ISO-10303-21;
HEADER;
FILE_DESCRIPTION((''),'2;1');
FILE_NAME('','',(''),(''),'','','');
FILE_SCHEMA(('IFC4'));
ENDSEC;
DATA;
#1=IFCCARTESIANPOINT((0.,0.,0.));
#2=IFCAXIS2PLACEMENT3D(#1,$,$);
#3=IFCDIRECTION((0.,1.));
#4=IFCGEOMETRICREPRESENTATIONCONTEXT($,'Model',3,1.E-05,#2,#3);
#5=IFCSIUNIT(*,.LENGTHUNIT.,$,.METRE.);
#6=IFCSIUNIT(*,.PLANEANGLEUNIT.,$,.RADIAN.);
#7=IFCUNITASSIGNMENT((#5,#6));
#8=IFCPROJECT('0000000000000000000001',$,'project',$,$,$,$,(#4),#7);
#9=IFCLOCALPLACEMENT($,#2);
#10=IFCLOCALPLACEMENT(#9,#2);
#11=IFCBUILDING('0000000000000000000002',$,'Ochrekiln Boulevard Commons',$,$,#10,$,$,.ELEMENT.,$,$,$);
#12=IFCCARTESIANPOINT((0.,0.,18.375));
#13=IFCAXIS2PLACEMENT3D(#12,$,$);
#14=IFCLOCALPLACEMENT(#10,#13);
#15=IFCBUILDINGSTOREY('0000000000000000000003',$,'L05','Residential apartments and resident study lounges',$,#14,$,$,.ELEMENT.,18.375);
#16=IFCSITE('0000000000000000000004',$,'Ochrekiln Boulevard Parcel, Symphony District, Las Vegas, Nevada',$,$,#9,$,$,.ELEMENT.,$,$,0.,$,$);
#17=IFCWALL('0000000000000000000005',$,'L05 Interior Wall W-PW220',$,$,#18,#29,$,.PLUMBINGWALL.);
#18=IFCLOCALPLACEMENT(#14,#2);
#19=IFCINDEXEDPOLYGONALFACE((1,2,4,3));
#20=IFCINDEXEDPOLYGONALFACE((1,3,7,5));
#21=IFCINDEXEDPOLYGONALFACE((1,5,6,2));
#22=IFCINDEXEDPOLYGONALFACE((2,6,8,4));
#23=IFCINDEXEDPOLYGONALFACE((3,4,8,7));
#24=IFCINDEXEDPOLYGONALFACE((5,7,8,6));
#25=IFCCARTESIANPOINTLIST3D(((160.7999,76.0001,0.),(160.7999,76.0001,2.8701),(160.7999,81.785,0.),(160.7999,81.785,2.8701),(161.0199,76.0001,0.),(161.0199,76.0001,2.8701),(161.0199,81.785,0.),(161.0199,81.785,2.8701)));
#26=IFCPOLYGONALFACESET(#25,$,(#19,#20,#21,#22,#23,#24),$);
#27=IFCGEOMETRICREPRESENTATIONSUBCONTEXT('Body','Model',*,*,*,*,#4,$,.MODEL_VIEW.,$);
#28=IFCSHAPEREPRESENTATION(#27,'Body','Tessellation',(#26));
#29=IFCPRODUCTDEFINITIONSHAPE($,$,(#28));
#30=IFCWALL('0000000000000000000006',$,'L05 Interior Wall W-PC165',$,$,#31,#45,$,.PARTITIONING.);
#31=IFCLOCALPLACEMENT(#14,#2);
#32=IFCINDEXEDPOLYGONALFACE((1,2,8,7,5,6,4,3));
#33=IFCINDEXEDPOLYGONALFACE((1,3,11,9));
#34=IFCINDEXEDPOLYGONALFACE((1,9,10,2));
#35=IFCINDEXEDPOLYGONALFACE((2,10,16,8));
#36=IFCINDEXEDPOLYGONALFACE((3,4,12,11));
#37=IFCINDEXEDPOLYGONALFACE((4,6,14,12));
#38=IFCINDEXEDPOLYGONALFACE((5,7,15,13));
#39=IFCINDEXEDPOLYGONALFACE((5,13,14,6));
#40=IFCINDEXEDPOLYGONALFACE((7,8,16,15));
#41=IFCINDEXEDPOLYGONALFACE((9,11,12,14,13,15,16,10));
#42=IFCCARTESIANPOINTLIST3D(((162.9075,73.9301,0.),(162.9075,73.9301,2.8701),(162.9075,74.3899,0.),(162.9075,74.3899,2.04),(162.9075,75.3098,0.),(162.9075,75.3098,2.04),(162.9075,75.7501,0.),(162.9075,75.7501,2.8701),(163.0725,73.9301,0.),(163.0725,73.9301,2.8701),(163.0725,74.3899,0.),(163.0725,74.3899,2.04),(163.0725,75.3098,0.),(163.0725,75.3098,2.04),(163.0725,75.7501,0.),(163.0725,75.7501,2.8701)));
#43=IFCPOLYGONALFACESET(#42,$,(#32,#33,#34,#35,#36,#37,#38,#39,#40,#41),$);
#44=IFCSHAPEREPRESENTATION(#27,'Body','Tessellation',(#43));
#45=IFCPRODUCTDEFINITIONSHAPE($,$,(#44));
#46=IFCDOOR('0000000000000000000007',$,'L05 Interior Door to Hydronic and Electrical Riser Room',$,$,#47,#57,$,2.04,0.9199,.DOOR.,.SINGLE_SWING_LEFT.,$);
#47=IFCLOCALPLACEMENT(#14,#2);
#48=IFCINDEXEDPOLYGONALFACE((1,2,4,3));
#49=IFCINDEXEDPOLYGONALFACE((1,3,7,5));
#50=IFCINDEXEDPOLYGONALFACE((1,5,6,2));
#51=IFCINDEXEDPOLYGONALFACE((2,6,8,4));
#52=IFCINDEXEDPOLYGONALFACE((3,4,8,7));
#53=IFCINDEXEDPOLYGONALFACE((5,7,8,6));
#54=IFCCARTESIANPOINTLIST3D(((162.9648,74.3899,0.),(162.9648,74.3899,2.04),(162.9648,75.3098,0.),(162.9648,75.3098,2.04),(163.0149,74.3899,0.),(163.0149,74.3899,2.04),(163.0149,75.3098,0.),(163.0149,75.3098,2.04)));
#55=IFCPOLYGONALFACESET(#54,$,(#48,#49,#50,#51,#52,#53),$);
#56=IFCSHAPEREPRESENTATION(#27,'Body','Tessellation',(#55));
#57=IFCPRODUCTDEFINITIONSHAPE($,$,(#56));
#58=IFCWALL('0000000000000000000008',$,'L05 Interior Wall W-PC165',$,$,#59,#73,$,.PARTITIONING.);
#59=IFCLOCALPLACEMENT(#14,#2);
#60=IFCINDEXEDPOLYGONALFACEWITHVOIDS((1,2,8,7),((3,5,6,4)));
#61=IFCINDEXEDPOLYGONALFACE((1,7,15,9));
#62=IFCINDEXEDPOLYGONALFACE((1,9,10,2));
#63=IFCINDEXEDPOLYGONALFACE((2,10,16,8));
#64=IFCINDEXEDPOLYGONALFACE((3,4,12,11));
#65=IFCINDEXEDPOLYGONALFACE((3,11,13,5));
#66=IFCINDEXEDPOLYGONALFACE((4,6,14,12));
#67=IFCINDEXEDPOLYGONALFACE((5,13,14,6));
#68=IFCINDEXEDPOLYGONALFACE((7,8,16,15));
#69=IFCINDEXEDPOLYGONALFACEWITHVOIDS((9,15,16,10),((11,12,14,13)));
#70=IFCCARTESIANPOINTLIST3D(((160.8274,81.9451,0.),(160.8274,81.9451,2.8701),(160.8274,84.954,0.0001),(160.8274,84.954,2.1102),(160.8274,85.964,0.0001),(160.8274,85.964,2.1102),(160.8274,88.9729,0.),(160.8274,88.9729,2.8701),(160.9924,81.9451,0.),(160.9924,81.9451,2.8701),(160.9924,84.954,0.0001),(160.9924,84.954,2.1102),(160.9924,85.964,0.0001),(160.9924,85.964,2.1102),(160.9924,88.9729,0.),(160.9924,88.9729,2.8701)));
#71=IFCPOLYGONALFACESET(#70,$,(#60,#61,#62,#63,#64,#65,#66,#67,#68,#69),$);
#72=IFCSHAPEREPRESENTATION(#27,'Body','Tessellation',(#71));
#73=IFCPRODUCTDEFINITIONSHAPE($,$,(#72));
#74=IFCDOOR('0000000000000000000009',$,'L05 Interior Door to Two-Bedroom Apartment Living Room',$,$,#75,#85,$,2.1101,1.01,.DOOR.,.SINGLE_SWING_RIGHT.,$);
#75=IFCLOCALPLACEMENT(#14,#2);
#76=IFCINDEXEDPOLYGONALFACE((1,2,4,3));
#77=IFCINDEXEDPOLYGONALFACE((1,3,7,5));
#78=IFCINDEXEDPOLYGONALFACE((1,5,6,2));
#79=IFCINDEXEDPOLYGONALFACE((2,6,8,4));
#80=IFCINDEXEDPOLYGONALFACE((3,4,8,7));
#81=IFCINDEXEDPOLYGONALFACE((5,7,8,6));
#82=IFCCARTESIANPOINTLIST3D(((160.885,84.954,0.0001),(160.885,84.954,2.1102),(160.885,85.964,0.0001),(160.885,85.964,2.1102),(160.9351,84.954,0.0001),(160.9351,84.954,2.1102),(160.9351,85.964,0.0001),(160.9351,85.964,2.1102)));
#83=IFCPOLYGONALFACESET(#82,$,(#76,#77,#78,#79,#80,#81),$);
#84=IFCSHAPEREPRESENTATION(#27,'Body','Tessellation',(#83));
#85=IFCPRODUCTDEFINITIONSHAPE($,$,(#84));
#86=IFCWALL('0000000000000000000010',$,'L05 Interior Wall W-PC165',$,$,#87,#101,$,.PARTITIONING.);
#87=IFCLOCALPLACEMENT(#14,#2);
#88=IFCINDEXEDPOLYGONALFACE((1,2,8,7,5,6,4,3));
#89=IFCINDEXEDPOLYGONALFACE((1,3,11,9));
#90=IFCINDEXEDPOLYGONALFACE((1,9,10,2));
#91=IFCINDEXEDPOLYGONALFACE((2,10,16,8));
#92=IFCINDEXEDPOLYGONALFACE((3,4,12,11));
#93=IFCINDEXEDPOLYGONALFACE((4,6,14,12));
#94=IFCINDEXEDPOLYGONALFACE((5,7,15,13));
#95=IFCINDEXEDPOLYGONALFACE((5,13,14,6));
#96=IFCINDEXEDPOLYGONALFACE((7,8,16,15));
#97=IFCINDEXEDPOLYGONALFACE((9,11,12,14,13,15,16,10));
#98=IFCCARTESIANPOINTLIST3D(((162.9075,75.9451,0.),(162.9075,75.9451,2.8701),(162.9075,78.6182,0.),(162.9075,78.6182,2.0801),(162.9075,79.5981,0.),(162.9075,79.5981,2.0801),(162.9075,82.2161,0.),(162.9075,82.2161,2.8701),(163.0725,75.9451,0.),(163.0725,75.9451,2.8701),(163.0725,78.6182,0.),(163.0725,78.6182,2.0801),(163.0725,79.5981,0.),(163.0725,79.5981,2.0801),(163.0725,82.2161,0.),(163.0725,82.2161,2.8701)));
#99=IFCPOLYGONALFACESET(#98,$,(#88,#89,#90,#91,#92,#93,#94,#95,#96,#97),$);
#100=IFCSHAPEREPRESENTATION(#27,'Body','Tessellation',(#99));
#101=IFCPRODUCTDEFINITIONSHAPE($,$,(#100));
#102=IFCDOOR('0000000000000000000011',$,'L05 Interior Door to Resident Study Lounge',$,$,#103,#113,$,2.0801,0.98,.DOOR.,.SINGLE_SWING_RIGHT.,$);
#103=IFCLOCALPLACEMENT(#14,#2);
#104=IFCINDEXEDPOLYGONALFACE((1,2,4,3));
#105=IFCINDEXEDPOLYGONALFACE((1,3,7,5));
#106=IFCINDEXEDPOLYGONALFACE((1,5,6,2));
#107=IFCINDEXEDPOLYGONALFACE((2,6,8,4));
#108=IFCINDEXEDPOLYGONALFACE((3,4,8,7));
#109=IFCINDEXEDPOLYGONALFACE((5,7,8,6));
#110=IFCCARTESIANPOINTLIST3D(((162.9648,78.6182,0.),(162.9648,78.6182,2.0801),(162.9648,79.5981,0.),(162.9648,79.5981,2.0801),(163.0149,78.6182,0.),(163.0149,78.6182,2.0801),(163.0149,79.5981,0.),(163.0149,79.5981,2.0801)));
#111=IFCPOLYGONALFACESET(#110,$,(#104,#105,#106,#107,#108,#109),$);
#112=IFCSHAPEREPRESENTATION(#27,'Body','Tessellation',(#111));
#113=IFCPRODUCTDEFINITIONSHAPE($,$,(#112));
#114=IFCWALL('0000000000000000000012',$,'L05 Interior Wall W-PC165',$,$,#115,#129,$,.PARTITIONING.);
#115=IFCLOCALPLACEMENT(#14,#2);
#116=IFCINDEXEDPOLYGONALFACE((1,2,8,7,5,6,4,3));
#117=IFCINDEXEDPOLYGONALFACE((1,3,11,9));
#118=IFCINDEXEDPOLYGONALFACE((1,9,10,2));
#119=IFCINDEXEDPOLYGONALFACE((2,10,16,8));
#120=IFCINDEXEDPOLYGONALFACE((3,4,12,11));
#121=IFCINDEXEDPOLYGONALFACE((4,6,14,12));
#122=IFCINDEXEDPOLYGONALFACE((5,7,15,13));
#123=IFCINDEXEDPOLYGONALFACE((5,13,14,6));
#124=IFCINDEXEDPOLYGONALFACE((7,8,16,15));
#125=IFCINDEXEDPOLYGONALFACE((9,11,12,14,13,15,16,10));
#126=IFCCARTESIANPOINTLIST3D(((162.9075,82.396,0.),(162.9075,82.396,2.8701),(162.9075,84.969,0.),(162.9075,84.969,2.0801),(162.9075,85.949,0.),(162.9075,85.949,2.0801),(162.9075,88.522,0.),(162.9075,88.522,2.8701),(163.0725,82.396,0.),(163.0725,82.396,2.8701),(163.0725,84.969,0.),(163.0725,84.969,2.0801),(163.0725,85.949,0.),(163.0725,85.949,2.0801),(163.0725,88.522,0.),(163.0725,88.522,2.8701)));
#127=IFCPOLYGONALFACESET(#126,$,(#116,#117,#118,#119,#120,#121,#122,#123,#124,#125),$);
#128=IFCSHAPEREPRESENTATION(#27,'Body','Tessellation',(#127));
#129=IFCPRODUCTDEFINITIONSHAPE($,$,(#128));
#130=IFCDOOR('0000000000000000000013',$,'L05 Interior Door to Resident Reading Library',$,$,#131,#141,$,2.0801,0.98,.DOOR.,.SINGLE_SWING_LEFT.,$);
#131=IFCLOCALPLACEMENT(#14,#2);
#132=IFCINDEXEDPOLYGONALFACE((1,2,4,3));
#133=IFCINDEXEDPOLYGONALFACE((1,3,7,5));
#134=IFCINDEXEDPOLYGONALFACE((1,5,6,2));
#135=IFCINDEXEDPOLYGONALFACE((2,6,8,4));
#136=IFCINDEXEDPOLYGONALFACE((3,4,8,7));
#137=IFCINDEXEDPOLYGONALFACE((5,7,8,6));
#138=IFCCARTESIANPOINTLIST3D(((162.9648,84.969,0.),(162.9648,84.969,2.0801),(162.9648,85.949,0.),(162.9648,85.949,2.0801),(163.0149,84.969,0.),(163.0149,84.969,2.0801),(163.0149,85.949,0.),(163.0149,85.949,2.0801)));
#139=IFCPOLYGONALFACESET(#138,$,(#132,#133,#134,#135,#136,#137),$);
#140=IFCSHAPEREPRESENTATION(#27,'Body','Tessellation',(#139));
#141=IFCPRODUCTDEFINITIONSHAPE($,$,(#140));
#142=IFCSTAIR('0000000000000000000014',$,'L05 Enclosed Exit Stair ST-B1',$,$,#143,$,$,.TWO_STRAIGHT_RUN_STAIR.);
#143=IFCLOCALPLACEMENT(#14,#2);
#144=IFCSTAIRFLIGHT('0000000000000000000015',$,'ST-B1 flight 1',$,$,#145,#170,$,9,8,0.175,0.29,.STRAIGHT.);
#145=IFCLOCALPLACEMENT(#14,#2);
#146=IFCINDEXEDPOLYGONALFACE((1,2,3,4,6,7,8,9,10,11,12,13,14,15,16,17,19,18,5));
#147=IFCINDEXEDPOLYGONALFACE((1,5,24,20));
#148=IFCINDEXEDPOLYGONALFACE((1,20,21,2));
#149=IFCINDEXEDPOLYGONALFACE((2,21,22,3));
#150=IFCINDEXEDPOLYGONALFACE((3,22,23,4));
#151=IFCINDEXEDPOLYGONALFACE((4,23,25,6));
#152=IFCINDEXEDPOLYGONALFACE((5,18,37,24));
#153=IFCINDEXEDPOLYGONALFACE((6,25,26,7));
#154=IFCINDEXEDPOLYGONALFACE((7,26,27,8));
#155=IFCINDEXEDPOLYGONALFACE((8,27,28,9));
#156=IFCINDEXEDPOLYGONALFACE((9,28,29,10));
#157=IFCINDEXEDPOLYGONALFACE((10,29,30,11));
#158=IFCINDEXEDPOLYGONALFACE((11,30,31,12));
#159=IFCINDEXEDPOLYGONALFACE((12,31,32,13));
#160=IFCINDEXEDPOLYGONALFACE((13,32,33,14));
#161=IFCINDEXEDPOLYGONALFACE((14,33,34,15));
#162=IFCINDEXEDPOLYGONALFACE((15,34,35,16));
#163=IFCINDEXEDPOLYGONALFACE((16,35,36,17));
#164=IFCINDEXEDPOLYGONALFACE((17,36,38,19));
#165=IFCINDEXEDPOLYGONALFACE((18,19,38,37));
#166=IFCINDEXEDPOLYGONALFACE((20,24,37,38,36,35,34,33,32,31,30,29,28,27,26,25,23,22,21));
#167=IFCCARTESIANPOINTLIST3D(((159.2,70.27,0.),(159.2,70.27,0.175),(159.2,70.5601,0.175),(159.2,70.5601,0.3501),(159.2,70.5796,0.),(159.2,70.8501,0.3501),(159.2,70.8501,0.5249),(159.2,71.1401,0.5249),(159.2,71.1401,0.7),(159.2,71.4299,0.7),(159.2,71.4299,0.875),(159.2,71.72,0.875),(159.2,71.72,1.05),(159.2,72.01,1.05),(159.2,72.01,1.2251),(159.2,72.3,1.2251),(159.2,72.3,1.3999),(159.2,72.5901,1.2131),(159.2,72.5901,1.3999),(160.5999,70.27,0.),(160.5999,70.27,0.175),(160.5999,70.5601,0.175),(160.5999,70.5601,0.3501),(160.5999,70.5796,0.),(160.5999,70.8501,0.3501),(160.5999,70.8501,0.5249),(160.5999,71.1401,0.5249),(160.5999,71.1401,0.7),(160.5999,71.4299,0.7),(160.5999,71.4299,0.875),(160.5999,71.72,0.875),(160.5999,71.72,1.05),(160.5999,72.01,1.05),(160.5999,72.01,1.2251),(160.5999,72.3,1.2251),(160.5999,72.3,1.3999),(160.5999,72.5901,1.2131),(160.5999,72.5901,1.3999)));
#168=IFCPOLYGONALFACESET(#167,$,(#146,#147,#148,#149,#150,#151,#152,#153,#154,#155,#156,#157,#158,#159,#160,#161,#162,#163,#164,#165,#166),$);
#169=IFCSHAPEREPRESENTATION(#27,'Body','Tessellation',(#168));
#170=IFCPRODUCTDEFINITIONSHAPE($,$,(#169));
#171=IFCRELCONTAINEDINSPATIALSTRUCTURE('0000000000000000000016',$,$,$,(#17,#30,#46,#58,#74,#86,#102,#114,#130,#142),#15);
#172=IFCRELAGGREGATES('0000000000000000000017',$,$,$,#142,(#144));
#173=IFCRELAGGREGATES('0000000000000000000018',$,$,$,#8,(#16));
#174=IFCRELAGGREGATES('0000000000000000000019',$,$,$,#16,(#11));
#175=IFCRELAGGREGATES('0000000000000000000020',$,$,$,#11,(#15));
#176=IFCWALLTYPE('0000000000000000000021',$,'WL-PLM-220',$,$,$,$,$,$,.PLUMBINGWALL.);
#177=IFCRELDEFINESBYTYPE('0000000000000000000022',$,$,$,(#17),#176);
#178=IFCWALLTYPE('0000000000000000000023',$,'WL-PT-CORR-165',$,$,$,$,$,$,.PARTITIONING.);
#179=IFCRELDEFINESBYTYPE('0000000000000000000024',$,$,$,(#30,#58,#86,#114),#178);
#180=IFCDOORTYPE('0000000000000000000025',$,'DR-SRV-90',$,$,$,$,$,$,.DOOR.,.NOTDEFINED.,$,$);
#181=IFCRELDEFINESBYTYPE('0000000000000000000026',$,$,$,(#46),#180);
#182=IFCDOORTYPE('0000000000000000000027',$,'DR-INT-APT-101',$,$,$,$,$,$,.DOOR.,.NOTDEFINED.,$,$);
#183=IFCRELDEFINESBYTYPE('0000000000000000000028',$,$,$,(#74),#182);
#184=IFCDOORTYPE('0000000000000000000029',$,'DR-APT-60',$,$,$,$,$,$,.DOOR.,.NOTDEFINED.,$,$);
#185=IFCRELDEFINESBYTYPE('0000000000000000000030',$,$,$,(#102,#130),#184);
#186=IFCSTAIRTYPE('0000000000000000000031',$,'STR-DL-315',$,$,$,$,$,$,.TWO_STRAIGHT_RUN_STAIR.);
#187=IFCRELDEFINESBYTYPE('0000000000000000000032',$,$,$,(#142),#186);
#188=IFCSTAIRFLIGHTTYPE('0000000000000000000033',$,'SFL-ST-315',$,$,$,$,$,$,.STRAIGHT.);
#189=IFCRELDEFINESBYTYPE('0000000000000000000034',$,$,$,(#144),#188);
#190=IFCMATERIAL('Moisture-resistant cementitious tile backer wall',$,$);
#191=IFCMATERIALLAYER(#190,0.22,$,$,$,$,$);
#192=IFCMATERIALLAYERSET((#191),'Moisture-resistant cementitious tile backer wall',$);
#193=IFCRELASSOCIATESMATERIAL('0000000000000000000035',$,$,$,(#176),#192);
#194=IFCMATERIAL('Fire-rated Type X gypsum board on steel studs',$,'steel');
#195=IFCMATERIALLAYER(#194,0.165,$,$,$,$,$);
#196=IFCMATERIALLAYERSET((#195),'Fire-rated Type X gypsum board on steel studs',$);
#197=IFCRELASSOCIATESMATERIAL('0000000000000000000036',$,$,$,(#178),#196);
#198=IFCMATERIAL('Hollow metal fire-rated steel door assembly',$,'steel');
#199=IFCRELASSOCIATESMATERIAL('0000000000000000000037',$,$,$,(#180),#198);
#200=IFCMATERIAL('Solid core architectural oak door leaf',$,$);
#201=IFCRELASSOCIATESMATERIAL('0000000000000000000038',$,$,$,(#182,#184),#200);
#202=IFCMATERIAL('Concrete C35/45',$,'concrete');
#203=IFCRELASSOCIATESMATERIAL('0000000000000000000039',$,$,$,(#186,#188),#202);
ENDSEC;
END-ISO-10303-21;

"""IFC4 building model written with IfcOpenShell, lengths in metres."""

from ifc_helpers import new_model, si_unit, direction, frame, frame_2d, origin, place, context, subcontext, project, spatial, polyline, rectangle, outline, extrude, material, layer, layer_set, type_object, element, fill, aggregate, save


model = new_model("IFC4")

# Units and contexts
model_context = context("Model", 3, precision=1e-05, world=origin(), true_north=direction((0.0, 1.0)))
body_context = subcontext(model_context, "Body", "Model", "MODEL_VIEW")
ifc_project = project(units=[si_unit("LENGTHUNIT", "METRE"), si_unit("PLANEANGLEUNIT", "RADIAN")], contexts=[model_context])

# Site, building, storey
site_placement = place(None, origin())
site = spatial("IfcSite", under=ifc_project, at=site_placement, Name="Ochrekiln Boulevard Parcel, Symphony District, Las Vegas, Nevada", CompositionType="ELEMENT", RefElevation=0.0)
building_placement = place(site_placement, origin())
building = spatial("IfcBuilding", under=site, at=building_placement, Name="Ochrekiln Boulevard Commons", CompositionType="ELEMENT")
storey_placement = place(building_placement, frame((0.0, 0.0, 18.375)))
storey = spatial("IfcBuildingStorey", under=building, at=storey_placement, Name="L05", Description="Residential apartments and resident study lounges", CompositionType="ELEMENT", Elevation=18.375)

# Wall
ifc_material_1 = material(Name="Moisture-resistant cementitious tile backer wall")
ifc_layer_1 = layer(ifc_material_1, 0.22)
ifc_layer_set_1 = layer_set([ifc_layer_1], Name="Moisture-resistant cementitious tile backer wall")
wall_type_1 = type_object("IfcWallType", Name="WL-PLM-220", PredefinedType="PLUMBINGWALL", material=ifc_layer_set_1)
wall_1_placement = place(storey_placement, frame((160.9099, 76.0, 0.0), z_axis=(0.0, 0.0, 1.0), x_axis=(0.0, 1.0, 0.0)))
element("IfcWall", 1, at=wall_1_placement, inside=storey, type_object=wall_type_1, Name="L05 Interior Wall W-PW220", PredefinedType="PLUMBINGWALL", context=body_context, shape_type="SweptSolid", body=[
    extrude(rectangle(XDim=5.7849, YDim=0.22, at=frame_2d((2.8926, 0.0))), origin(), (0.0, 0.0, 1.0), 2.8701),
])

# Walls, openings, doors
ifc_material_2 = material(Name="Fire-rated Type X gypsum board on steel studs", Category="steel")
ifc_layer_2 = layer(ifc_material_2, 0.165)
ifc_layer_set_2 = layer_set([ifc_layer_2], Name="Fire-rated Type X gypsum board on steel studs")
wall_type_2 = type_object("IfcWallType", Name="WL-PT-CORR-165", PredefinedType="PARTITIONING", material=ifc_layer_set_2)
wall_2_placement = place(storey_placement, frame((162.99, 73.9299, 0.0), z_axis=(0.0, 0.0, 1.0), x_axis=(0.0, 1.0, 0.0)))
wall_2 = element("IfcWall", 2, at=wall_2_placement, inside=storey, type_object=wall_type_2, Name="L05 Interior Wall W-PC165", PredefinedType="PARTITIONING", context=body_context, shape_type="SweptSolid", body=[
    extrude(rectangle(XDim=1.8201, YDim=0.165, at=frame_2d((0.9102, 0.0))), origin(), (0.0, 0.0, 1.0), 2.8701),
])
opening_1_placement = place(wall_2_placement, frame((0.46, 0.0, 0.0)))
opening_1 = element("IfcOpeningElement", 3, at=opening_1_placement, cuts=wall_2, PredefinedType="OPENING", context=body_context, shape_type="SweptSolid", body=[
    extrude(rectangle(XDim=0.9199, YDim=2.04, at=frame_2d((0.46, 1.02))), frame((0.0, 0.0925, 0.0), z_axis=(0.0, -1.0, 0.0), x_axis=(1.0, 0.0, 0.0)), (0.0, 0.0, 1.0), 0.1851),
])
ifc_material_3 = material(Name="Hollow metal fire-rated steel door assembly", Category="steel")
door_type_1 = type_object("IfcDoorType", Name="DR-SRV-90", OperationType="NOTDEFINED", PredefinedType="DOOR", material=ifc_material_3)
door_1_placement = place(opening_1_placement, frame((0.9199, 0.0, 0.0), z_axis=(0.0, 0.0, 1.0), x_axis=(-1.0, 0.0, 0.0)))
door_1 = element("IfcDoor", 4, at=door_1_placement, inside=storey, type_object=door_type_1, Name="L05 Interior Door to Hydronic and Electrical Riser Room", OperationType="SINGLE_SWING_LEFT", OverallHeight=2.04, OverallWidth=0.9199, PredefinedType="DOOR", context=body_context, shape_type="SweptSolid", body=[
    extrude(rectangle(XDim=0.9199, YDim=2.04, at=frame_2d((0.46, 1.02))), frame((0.0, 0.0249, 0.0), z_axis=(0.0, -1.0, 0.0), x_axis=(1.0, 0.0, 0.0)), (0.0, 0.0, 1.0), 0.05),
])
fill(opening_1, door_1)
wall_3_placement = place(storey_placement, frame((160.9099, 81.9451, 0.0), z_axis=(0.0, 0.0, 1.0), x_axis=(0.0, 1.0, 0.0)))
wall_3 = element("IfcWall", 5, at=wall_3_placement, inside=storey, type_object=wall_type_2, Name="L05 Interior Wall W-PC165", PredefinedType="PARTITIONING", context=body_context, shape_type="SweptSolid", body=[
    extrude(rectangle(XDim=7.0278, YDim=0.165, at=frame_2d((3.5139, 0.0))), origin(), (0.0, 0.0, 1.0), 2.8701),
])
opening_2_placement = place(wall_3_placement, frame((3.009, 0.0, 0.0)))
opening_2 = element("IfcOpeningElement", 6, at=opening_2_placement, cuts=wall_3, PredefinedType="OPENING", context=body_context, shape_type="SweptSolid", body=[
    extrude(rectangle(XDim=1.01, YDim=2.1101, at=frame_2d((0.5049, 1.0552))), frame((0.0, 0.0925, 0.0), z_axis=(0.0, -1.0, 0.0), x_axis=(1.0, 0.0, 0.0)), (0.0, 0.0, 1.0), 0.1851),
])
ifc_material_4 = material(Name="Solid core architectural oak door leaf")
door_type_2 = type_object("IfcDoorType", Name="DR-INT-APT-101", OperationType="NOTDEFINED", PredefinedType="DOOR", material=ifc_material_4)
door_2_placement = place(opening_2_placement, origin())
door_2 = element("IfcDoor", 7, at=door_2_placement, inside=storey, type_object=door_type_2, Name="L05 Interior Door to Two-Bedroom Apartment Living Room", OperationType="SINGLE_SWING_RIGHT", OverallHeight=2.1101, OverallWidth=1.01, PredefinedType="DOOR", context=body_context, shape_type="SweptSolid", body=[
    extrude(rectangle(XDim=1.01, YDim=2.1101, at=frame_2d((0.5049, 1.0552))), frame((0.0, 0.0249, 0.0), z_axis=(0.0, -1.0, 0.0), x_axis=(1.0, 0.0, 0.0)), (0.0, 0.0, 1.0), 0.05),
])
fill(opening_2, door_2)
wall_4_placement = place(storey_placement, frame((162.99, 75.9451, 0.0), z_axis=(0.0, 0.0, 1.0), x_axis=(0.0, 1.0, 0.0)))
wall_4 = element("IfcWall", 8, at=wall_4_placement, inside=storey, type_object=wall_type_2, Name="L05 Interior Wall W-PC165", PredefinedType="PARTITIONING", context=body_context, shape_type="SweptSolid", body=[
    extrude(rectangle(XDim=6.271, YDim=0.165, at=frame_2d((3.1355, 0.0))), origin(), (0.0, 0.0, 1.0), 2.8701),
])
opening_3_placement = place(wall_4_placement, frame((2.6731, 0.0, 0.0)))
opening_3 = element("IfcOpeningElement", 9, at=opening_3_placement, cuts=wall_4, PredefinedType="OPENING", context=body_context, shape_type="SweptSolid", body=[
    extrude(rectangle(XDim=0.98, YDim=2.0801, at=frame_2d((0.49, 1.04))), frame((0.0, 0.0925, 0.0), z_axis=(0.0, -1.0, 0.0), x_axis=(1.0, 0.0, 0.0)), (0.0, 0.0, 1.0), 0.1851),
])
door_type_3 = type_object("IfcDoorType", Name="DR-APT-60", OperationType="NOTDEFINED", PredefinedType="DOOR", material=ifc_material_4)
door_3_placement = place(opening_3_placement, frame((0.98, 0.0, 0.0), z_axis=(0.0, 0.0, 1.0), x_axis=(-1.0, 0.0, 0.0)))
door_3 = element("IfcDoor", 10, at=door_3_placement, inside=storey, type_object=door_type_3, Name="L05 Interior Door to Resident Study Lounge", OperationType="SINGLE_SWING_RIGHT", OverallHeight=2.0801, OverallWidth=0.98, PredefinedType="DOOR", context=body_context, shape_type="SweptSolid", body=[
    extrude(rectangle(XDim=0.98, YDim=2.0801, at=frame_2d((0.49, 1.04))), frame((0.0, 0.0249, 0.0), z_axis=(0.0, -1.0, 0.0), x_axis=(1.0, 0.0, 0.0)), (0.0, 0.0, 1.0), 0.05),
])
fill(opening_3, door_3)
wall_5_placement = place(storey_placement, frame((162.99, 82.396, 0.0), z_axis=(0.0, 0.0, 1.0), x_axis=(0.0, 1.0, 0.0)))
wall_5 = element("IfcWall", 11, at=wall_5_placement, inside=storey, type_object=wall_type_2, Name="L05 Interior Wall W-PC165", PredefinedType="PARTITIONING", context=body_context, shape_type="SweptSolid", body=[
    extrude(rectangle(XDim=6.126, YDim=0.165, at=frame_2d((3.063, 0.0))), origin(), (0.0, 0.0, 1.0), 2.8701),
])
opening_4_placement = place(wall_5_placement, frame((2.573, 0.0, 0.0)))
opening_4 = element("IfcOpeningElement", 12, at=opening_4_placement, cuts=wall_5, PredefinedType="OPENING", context=body_context, shape_type="SweptSolid", body=[
    extrude(rectangle(XDim=0.98, YDim=2.0801, at=frame_2d((0.49, 1.04))), frame((0.0, 0.0925, 0.0), z_axis=(0.0, -1.0, 0.0), x_axis=(1.0, 0.0, 0.0)), (0.0, 0.0, 1.0), 0.1851),
])
door_4_placement = place(opening_4_placement, frame((0.98, 0.0, 0.0), z_axis=(0.0, 0.0, 1.0), x_axis=(-1.0, 0.0, 0.0)))
door_4 = element("IfcDoor", 13, at=door_4_placement, inside=storey, type_object=door_type_3, Name="L05 Interior Door to Resident Reading Library", OperationType="SINGLE_SWING_LEFT", OverallHeight=2.0801, OverallWidth=0.98, PredefinedType="DOOR", context=body_context, shape_type="SweptSolid", body=[
    extrude(rectangle(XDim=0.98, YDim=2.0801, at=frame_2d((0.49, 1.04))), frame((0.0, 0.0249, 0.0), z_axis=(0.0, -1.0, 0.0), x_axis=(1.0, 0.0, 0.0)), (0.0, 0.0, 1.0), 0.05),
])
fill(opening_4, door_4)

# Stair, stair flight
ifc_material_5 = material(Name="Concrete C35/45", Category="concrete")
stair_type = type_object("IfcStairType", Name="STR-DL-315", PredefinedType="TWO_STRAIGHT_RUN_STAIR", material=ifc_material_5)
stair_placement = place(storey_placement, origin())
stair = element("IfcStair", 14, at=stair_placement, inside=storey, type_object=stair_type, Name="L05 Enclosed Exit Stair ST-B1", PredefinedType="TWO_STRAIGHT_RUN_STAIR")
stair_flight_type = type_object("IfcStairFlightType", Name="SFL-ST-315", PredefinedType="STRAIGHT", material=ifc_material_5)
stair_flight_placement = place(storey_placement, frame((159.8999, 70.27, 0.0), z_axis=(0.0, 0.0, 1.0), x_axis=(0.0, 1.0, 0.0)))
stair_flight = element("IfcStairFlight", 15, at=stair_flight_placement, type_object=stair_flight_type, Name="ST-B1 flight 1", NumberOfRisers=9, NumberOfTreads=8, PredefinedType="STRAIGHT", RiserHeight=0.175, TreadLength=0.29, context=body_context, shape_type="SweptSolid", body=[
    extrude(outline(polyline([(0.0, 0.0), (0.0, 0.175), (0.29, 0.175), (0.29, 0.3501), (0.5801, 0.3501), (0.5801, 0.5249), (0.8701, 0.5249), (0.8701, 0.7), (1.1599, 0.7), (1.1599, 0.875), (1.45, 0.875), (1.45, 1.05), (1.74, 1.05), (1.74, 1.2251), (2.03, 1.2251), (2.03, 1.3999), (2.3201, 1.3999), (2.3201, 1.575), (2.3201, 1.2131), (0.3096, 0.0), (0.0, 0.0)])), frame((0.0, 0.7, 0.0), z_axis=(0.0, -1.0, 0.0), x_axis=(1.0, 0.0, 0.0)), (0.0, 0.0, 1.0), 1.3999),
])
aggregate(stair, [stair_flight])

save(model, "model.ifc")
